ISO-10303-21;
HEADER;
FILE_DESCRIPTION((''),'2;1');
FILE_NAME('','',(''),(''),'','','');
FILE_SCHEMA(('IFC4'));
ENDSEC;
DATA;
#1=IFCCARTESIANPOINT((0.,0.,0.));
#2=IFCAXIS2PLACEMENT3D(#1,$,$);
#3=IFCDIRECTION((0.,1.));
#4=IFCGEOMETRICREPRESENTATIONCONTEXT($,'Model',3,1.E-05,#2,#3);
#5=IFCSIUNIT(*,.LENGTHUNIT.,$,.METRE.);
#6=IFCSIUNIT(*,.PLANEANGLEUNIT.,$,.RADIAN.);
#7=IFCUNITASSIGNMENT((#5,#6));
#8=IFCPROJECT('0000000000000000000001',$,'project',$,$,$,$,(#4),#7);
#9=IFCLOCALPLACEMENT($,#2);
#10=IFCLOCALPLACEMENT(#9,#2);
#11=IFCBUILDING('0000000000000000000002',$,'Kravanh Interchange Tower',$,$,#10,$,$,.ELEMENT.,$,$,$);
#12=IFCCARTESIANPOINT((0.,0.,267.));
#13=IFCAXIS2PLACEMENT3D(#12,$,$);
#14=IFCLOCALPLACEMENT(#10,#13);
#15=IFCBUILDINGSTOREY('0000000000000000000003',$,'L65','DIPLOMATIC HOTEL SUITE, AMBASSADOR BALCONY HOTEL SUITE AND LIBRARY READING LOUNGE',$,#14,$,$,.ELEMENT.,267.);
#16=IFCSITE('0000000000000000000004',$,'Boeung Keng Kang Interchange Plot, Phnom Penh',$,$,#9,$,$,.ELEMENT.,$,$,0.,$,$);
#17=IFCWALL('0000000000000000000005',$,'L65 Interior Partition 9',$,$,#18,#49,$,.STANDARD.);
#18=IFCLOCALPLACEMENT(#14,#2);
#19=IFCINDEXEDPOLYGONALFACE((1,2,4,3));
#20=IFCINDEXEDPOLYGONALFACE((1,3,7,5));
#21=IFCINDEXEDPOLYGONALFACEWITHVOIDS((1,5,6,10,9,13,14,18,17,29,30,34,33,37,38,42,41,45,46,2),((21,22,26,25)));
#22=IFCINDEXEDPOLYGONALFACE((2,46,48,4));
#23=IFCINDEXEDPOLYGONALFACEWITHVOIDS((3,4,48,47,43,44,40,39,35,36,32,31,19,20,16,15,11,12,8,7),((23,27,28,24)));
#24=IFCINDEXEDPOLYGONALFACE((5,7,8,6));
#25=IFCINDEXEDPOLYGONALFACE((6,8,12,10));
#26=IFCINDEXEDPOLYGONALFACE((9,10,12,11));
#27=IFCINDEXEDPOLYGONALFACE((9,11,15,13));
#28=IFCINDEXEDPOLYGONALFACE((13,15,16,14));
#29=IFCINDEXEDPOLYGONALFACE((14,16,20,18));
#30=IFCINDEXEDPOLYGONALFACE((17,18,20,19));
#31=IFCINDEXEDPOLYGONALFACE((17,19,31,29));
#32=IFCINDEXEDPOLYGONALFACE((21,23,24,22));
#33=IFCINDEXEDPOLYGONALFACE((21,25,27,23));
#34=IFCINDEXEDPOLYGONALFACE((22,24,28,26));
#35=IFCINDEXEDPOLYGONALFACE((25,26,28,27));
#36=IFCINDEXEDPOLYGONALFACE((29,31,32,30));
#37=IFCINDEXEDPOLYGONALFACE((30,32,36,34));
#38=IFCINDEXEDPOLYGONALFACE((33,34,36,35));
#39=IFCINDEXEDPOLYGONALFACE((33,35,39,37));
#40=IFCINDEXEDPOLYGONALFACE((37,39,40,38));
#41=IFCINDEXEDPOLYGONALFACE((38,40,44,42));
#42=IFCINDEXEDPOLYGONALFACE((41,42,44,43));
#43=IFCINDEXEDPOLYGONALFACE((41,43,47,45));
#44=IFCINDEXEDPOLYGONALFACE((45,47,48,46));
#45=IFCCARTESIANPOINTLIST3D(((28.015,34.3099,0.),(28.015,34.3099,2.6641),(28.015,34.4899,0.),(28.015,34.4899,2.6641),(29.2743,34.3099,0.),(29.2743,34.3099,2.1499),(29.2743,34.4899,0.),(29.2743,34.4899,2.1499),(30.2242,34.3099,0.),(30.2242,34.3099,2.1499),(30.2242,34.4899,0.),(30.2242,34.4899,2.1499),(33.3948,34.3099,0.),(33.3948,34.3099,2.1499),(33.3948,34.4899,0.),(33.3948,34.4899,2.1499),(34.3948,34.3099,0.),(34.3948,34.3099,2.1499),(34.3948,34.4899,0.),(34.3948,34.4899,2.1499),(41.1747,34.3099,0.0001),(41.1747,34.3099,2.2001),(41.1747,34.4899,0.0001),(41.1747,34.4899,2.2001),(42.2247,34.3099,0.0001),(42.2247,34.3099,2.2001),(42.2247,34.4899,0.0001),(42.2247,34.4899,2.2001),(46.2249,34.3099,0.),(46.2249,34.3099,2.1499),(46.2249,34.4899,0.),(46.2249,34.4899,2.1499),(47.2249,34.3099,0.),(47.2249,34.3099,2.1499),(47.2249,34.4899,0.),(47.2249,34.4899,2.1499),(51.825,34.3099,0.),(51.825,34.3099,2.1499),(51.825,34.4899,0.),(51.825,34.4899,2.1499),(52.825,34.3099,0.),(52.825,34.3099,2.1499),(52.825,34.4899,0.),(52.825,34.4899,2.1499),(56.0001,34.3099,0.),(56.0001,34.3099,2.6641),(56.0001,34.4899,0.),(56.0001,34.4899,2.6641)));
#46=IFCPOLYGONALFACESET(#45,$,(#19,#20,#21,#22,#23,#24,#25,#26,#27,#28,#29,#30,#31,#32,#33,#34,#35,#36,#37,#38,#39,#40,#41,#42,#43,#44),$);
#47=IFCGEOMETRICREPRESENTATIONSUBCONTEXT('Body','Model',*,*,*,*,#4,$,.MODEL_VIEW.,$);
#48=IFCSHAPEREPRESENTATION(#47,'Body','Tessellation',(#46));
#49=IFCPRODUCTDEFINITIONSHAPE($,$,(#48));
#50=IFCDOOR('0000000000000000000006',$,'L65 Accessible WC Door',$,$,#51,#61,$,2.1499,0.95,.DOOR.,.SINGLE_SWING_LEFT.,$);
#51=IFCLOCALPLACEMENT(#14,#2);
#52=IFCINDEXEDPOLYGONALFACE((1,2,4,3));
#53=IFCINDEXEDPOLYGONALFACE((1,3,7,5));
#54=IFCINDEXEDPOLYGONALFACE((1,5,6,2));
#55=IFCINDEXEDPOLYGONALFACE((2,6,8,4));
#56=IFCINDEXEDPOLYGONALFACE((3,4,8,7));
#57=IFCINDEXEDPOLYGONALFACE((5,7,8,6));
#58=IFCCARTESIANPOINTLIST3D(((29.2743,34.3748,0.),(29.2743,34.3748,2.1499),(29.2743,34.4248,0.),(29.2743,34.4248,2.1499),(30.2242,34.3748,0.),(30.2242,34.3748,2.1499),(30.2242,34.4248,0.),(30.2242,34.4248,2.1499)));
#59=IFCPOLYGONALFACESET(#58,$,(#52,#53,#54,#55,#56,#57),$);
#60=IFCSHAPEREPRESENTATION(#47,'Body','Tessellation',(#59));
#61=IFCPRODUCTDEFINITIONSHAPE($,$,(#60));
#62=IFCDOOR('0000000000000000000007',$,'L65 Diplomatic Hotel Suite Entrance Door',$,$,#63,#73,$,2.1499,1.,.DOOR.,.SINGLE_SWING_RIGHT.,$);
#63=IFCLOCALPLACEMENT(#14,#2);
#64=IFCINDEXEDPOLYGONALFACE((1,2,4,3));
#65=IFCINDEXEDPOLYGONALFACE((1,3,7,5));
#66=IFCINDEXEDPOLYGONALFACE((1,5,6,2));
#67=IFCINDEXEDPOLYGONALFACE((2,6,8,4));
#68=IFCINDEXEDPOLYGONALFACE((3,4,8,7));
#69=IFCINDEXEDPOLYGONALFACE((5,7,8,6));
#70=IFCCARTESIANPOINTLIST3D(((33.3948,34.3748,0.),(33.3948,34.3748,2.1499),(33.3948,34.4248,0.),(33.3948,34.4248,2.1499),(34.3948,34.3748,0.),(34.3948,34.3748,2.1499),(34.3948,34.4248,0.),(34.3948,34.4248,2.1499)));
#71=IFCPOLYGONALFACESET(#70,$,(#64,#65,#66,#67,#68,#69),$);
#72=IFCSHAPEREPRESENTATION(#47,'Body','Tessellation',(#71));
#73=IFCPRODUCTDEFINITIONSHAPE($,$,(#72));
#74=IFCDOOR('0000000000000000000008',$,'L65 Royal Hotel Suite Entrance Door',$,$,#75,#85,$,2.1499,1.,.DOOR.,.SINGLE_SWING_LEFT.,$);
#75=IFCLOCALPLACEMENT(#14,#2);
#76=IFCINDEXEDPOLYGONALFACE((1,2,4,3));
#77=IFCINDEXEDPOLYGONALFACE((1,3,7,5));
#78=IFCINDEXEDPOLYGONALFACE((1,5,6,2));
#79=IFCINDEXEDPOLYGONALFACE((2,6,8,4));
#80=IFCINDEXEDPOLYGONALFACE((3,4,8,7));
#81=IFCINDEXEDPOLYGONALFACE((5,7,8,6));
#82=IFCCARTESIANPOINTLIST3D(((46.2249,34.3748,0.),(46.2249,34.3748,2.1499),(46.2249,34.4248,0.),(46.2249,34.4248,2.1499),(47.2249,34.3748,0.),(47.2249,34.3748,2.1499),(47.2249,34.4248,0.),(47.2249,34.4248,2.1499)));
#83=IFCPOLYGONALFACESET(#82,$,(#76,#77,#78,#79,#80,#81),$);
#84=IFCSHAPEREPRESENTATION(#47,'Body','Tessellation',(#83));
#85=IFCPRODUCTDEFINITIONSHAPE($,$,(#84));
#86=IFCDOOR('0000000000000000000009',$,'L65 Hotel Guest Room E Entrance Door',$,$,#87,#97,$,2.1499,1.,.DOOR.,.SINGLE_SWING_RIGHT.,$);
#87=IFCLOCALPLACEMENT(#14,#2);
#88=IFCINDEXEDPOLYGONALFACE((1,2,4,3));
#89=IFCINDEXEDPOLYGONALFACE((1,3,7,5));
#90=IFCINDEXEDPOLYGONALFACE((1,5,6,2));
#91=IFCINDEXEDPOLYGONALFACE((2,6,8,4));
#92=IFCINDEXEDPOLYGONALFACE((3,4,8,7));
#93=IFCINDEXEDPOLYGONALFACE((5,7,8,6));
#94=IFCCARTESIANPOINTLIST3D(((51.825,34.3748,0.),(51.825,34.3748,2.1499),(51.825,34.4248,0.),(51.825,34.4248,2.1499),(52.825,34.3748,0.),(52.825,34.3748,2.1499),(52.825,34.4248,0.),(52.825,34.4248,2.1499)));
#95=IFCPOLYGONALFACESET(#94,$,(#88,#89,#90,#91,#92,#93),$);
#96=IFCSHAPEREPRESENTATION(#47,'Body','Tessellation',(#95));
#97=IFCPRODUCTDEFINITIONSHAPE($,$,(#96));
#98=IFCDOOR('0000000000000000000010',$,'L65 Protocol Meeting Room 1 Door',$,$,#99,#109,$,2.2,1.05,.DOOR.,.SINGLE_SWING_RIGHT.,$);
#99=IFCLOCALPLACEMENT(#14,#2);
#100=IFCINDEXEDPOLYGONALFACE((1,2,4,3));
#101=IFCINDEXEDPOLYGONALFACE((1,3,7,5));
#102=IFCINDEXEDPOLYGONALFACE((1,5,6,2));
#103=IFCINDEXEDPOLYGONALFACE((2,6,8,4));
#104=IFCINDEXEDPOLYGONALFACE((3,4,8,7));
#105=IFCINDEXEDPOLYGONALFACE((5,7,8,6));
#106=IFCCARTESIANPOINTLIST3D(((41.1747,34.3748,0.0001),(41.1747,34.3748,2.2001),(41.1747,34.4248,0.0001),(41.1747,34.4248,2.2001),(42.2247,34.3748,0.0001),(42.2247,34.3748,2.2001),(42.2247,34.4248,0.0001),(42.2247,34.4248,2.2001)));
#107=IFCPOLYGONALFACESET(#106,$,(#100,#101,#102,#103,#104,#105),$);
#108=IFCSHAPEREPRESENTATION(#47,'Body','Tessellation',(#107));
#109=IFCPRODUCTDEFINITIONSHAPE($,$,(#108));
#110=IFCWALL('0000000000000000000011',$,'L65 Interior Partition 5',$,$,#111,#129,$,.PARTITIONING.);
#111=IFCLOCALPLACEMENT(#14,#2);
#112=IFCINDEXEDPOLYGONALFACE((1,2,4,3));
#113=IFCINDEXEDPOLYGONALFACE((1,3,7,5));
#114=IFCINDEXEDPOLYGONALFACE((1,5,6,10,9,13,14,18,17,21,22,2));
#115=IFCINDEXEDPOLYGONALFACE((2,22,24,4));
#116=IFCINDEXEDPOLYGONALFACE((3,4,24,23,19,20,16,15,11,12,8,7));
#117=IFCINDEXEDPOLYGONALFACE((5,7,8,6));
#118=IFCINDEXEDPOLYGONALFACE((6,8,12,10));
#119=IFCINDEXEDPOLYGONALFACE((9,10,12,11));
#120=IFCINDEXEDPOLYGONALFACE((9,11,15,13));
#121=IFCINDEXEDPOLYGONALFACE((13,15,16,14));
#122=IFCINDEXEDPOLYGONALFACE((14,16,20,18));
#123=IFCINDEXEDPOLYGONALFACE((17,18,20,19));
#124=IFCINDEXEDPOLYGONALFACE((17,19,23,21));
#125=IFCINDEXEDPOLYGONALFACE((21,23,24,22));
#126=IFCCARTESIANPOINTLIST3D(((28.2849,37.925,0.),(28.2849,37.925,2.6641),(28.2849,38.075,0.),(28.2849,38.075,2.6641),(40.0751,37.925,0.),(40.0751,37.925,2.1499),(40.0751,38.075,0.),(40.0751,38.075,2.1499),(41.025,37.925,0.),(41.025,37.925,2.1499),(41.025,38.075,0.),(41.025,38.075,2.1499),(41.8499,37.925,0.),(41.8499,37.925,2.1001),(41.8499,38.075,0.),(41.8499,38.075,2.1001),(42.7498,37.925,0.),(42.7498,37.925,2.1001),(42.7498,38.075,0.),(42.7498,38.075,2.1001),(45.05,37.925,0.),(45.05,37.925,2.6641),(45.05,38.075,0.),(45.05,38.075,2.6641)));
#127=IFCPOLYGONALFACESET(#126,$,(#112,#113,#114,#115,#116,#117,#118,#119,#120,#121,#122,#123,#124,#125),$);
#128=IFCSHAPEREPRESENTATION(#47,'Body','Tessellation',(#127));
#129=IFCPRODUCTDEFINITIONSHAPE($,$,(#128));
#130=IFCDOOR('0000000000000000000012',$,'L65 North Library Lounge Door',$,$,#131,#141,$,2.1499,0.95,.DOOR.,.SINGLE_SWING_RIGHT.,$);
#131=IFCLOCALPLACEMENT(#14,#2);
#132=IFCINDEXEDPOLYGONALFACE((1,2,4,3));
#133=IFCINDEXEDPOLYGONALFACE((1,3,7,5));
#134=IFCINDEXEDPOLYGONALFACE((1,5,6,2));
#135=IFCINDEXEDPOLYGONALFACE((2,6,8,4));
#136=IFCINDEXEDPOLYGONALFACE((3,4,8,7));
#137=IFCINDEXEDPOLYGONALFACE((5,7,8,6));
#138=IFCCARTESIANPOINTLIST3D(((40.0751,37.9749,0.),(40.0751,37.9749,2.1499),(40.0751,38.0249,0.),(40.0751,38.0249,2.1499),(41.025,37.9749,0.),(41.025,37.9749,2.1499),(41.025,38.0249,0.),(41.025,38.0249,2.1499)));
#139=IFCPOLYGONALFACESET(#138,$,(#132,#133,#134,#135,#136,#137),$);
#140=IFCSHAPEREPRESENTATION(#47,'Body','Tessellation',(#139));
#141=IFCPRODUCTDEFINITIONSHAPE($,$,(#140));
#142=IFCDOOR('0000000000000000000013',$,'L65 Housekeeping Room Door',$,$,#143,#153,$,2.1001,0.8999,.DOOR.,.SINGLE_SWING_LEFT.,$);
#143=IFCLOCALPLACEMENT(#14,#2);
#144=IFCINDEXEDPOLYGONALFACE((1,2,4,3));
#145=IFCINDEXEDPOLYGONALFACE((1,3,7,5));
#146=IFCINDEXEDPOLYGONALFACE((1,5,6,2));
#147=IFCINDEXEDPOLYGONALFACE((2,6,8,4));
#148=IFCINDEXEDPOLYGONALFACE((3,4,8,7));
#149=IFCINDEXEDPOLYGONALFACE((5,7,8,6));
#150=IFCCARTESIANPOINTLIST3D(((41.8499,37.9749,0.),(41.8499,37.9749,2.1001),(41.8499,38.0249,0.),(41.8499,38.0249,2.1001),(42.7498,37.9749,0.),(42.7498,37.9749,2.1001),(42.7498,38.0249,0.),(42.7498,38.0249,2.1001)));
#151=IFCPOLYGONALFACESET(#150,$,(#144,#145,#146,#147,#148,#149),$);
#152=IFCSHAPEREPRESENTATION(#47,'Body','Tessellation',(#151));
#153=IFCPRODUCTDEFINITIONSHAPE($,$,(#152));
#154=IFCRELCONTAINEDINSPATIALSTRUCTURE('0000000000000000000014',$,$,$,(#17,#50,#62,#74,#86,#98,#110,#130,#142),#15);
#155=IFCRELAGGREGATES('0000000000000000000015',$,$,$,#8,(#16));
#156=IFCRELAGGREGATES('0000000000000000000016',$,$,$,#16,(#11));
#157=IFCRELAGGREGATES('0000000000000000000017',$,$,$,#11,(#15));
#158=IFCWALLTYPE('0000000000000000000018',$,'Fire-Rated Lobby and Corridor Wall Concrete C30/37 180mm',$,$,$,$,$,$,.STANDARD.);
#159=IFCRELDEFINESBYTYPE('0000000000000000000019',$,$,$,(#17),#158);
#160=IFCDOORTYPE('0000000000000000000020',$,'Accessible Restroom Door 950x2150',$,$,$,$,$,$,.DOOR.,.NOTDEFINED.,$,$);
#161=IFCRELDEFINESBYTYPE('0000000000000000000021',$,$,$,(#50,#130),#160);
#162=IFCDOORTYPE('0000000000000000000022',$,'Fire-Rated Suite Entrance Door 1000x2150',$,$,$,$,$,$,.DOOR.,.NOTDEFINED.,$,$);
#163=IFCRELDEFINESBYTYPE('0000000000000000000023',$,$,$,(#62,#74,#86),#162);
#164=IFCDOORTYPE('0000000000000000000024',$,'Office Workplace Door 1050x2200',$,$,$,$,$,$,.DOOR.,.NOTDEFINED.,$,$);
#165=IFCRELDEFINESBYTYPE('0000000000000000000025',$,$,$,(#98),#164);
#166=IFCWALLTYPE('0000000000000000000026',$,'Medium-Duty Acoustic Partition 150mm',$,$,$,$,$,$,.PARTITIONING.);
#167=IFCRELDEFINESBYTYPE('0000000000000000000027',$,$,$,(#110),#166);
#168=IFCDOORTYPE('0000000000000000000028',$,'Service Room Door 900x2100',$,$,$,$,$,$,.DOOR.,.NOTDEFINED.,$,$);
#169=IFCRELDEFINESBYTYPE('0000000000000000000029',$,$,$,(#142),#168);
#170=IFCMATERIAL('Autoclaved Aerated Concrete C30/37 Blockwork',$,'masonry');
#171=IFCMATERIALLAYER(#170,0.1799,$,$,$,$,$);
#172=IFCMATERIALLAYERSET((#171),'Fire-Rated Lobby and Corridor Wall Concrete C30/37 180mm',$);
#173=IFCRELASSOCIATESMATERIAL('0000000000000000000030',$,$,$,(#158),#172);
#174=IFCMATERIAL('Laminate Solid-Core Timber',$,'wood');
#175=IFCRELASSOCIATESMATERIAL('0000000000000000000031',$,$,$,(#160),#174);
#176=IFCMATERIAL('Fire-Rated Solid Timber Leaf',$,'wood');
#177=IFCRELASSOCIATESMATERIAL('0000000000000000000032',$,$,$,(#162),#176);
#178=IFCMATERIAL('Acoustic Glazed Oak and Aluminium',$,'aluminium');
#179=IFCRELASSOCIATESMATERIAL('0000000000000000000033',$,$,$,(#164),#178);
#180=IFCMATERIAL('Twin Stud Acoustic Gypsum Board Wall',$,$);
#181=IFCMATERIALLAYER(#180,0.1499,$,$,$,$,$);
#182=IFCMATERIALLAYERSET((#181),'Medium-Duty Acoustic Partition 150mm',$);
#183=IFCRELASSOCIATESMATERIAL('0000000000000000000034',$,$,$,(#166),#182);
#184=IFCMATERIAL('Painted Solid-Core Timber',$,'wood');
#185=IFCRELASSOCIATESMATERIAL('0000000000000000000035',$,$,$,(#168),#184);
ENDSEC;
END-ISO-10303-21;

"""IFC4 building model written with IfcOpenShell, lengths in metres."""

from ifc_helpers import new_model, si_unit, direction, frame, frame_2d, origin, place, context, subcontext, project, spatial, rectangle, extrude, material, layer, layer_set, type_object, element, fill, save


model = new_model("IFC4")

# Units and contexts
model_context = context("Model", 3, precision=1e-05, world=origin(), true_north=direction((0.0, 1.0)))
body_context = subcontext(model_context, "Body", "Model", "MODEL_VIEW")
ifc_project = project(units=[si_unit("LENGTHUNIT", "METRE"), si_unit("PLANEANGLEUNIT", "RADIAN")], contexts=[model_context])

# Site, building, storey
site_placement = place(None, origin())
site = spatial("IfcSite", under=ifc_project, at=site_placement, Name="Boeung Keng Kang Interchange Plot, Phnom Penh", CompositionType="ELEMENT", RefElevation=0.0)
building_placement = place(site_placement, origin())
building = spatial("IfcBuilding", under=site, at=building_placement, Name="Kravanh Interchange Tower", CompositionType="ELEMENT")
storey_placement = place(building_placement, frame((0.0, 0.0, 267.0)))
storey = spatial("IfcBuildingStorey", under=building, at=storey_placement, Name="L65", Description="DIPLOMATIC HOTEL SUITE, AMBASSADOR BALCONY HOTEL SUITE AND LIBRARY READING LOUNGE", CompositionType="ELEMENT", Elevation=267.0)

# Walls, openings, doors
ifc_material_1 = material(Name="Autoclaved Aerated Concrete C30/37 Blockwork", Category="masonry")
ifc_layer_1 = layer(ifc_material_1, 0.1799)
ifc_layer_set_1 = layer_set([ifc_layer_1], Name="Fire-Rated Lobby and Corridor Wall Concrete C30/37 180mm")
wall_type_1 = type_object("IfcWallType", Name="Fire-Rated Lobby and Corridor Wall Concrete C30/37 180mm", PredefinedType="STANDARD", material=ifc_layer_set_1)
wall_1_placement = place(storey_placement, frame((28.0149, 34.3999, 0.0), z_axis=(0.0, 0.0, 1.0), x_axis=(1.0, 0.0, 0.0)))
wall_1 = element("IfcWall", 1, at=wall_1_placement, inside=storey, type_object=wall_type_1, Name="L65 Interior Partition 9", PredefinedType="STANDARD", context=body_context, shape_type="SweptSolid", body=[
    extrude(rectangle(XDim=27.9851, YDim=0.1799, at=frame_2d((13.9927, 0.0))), origin(), (0.0, 0.0, 1.0), 2.6641),
])
opening_1_placement = place(wall_1_placement, frame((1.2593, 0.0, 0.0)))
opening_1 = element("IfcOpeningElement", 2, at=opening_1_placement, cuts=wall_1, PredefinedType="OPENING", context=body_context, shape_type="SweptSolid", body=[
    extrude(rectangle(XDim=0.95, YDim=2.1499, at=frame_2d((0.4751, 1.075))), frame((0.0, 0.1001, 0.0), z_axis=(0.0, -1.0, 0.0), x_axis=(1.0, 0.0, 0.0)), (0.0, 0.0, 1.0), 0.2),
])
opening_2_placement = place(wall_1_placement, frame((5.3799, 0.0, 0.0)))
opening_2 = element("IfcOpeningElement", 3, at=opening_2_placement, cuts=wall_1, PredefinedType="OPENING", context=body_context, shape_type="SweptSolid", body=[
    extrude(rectangle(XDim=1.0, YDim=2.1499, at=frame_2d((0.5, 1.075))), frame((0.0, 0.1001, 0.0), z_axis=(0.0, -1.0, 0.0), x_axis=(1.0, 0.0, 0.0)), (0.0, 0.0, 1.0), 0.2),
])
opening_3_placement = place(wall_1_placement, frame((13.1599, 0.0, 0.0)))
opening_3 = element("IfcOpeningElement", 4, at=opening_3_placement, cuts=wall_1, PredefinedType="OPENING", context=body_context, shape_type="SweptSolid", body=[
    extrude(rectangle(XDim=1.05, YDim=2.2, at=frame_2d((0.5249, 1.1001))), frame((0.0, 0.1001, 0.0), z_axis=(0.0, -1.0, 0.0), x_axis=(1.0, 0.0, 0.0)), (0.0, 0.0, 1.0), 0.2),
])
opening_4_placement = place(wall_1_placement, frame((18.21, 0.0, 0.0)))
opening_4 = element("IfcOpeningElement", 5, at=opening_4_placement, cuts=wall_1, PredefinedType="OPENING", context=body_context, shape_type="SweptSolid", body=[
    extrude(rectangle(XDim=1.0, YDim=2.1499, at=frame_2d((0.5, 1.075))), frame((0.0, 0.1001, 0.0), z_axis=(0.0, -1.0, 0.0), x_axis=(1.0, 0.0, 0.0)), (0.0, 0.0, 1.0), 0.2),
])
opening_5_placement = place(wall_1_placement, frame((23.8101, 0.0, 0.0)))
opening_5 = element("IfcOpeningElement", 6, at=opening_5_placement, cuts=wall_1, PredefinedType="OPENING", context=body_context, shape_type="SweptSolid", body=[
    extrude(rectangle(XDim=1.0, YDim=2.1499, at=frame_2d((0.5, 1.075))), frame((0.0, 0.1001, 0.0), z_axis=(0.0, -1.0, 0.0), x_axis=(1.0, 0.0, 0.0)), (0.0, 0.0, 1.0), 0.2),
])
ifc_material_2 = material(Name="Laminate Solid-Core Timber", Category="wood")
door_type_1 = type_object("IfcDoorType", Name="Accessible Restroom Door 950x2150", OperationType="NOTDEFINED", PredefinedType="DOOR", material=ifc_material_2)
door_1_placement = place(opening_1_placement, origin())
door_1 = element("IfcDoor", 7, at=door_1_placement, inside=storey, type_object=door_type_1, Name="L65 Accessible WC Door", OperationType="SINGLE_SWING_LEFT", OverallHeight=2.1499, OverallWidth=0.95, PredefinedType="DOOR", context=body_context, shape_type="SweptSolid", body=[
    extrude(rectangle(XDim=0.95, YDim=2.1499, at=frame_2d((0.4751, 1.075))), frame((0.0, 0.0249, 0.0), z_axis=(0.0, -1.0, 0.0), x_axis=(1.0, 0.0, 0.0)), (0.0, 0.0, 1.0), 0.05),
])
fill(opening_1, door_1)
ifc_material_3 = material(Name="Fire-Rated Solid Timber Leaf", Category="wood")
door_type_2 = type_object("IfcDoorType", Name="Fire-Rated Suite Entrance Door 1000x2150", OperationType="NOTDEFINED", PredefinedType="DOOR", material=ifc_material_3)
door_2_placement = place(opening_2_placement, origin())
door_2 = element("IfcDoor", 8, at=door_2_placement, inside=storey, type_object=door_type_2, Name="L65 Diplomatic Hotel Suite Entrance Door", OperationType="SINGLE_SWING_RIGHT", OverallHeight=2.1499, OverallWidth=1.0, PredefinedType="DOOR", context=body_context, shape_type="SweptSolid", body=[
    extrude(rectangle(XDim=1.0, YDim=2.1499, at=frame_2d((0.5, 1.075))), frame((0.0, 0.0249, 0.0), z_axis=(0.0, -1.0, 0.0), x_axis=(1.0, 0.0, 0.0)), (0.0, 0.0, 1.0), 0.05),
])
fill(opening_2, door_2)
door_3_placement = place(opening_4_placement, origin())
door_3 = element("IfcDoor", 9, at=door_3_placement, inside=storey, type_object=door_type_2, Name="L65 Royal Hotel Suite Entrance Door", OperationType="SINGLE_SWING_LEFT", OverallHeight=2.1499, OverallWidth=1.0, PredefinedType="DOOR", context=body_context, shape_type="SweptSolid", body=[
    extrude(rectangle(XDim=1.0, YDim=2.1499, at=frame_2d((0.5, 1.075))), frame((0.0, 0.0249, 0.0), z_axis=(0.0, -1.0, 0.0), x_axis=(1.0, 0.0, 0.0)), (0.0, 0.0, 1.0), 0.05),
])
fill(opening_4, door_3)
door_4_placement = place(opening_5_placement, origin())
door_4 = element("IfcDoor", 10, at=door_4_placement, inside=storey, type_object=door_type_2, Name="L65 Hotel Guest Room E Entrance Door", OperationType="SINGLE_SWING_RIGHT", OverallHeight=2.1499, OverallWidth=1.0, PredefinedType="DOOR", context=body_context, shape_type="SweptSolid", body=[
    extrude(rectangle(XDim=1.0, YDim=2.1499, at=frame_2d((0.5, 1.075))), frame((0.0, 0.0249, 0.0), z_axis=(0.0, -1.0, 0.0), x_axis=(1.0, 0.0, 0.0)), (0.0, 0.0, 1.0), 0.05),
])
fill(opening_5, door_4)
ifc_material_4 = material(Name="Acoustic Glazed Oak and Aluminium", Category="aluminium")
door_type_3 = type_object("IfcDoorType", Name="Office Workplace Door 1050x2200", OperationType="NOTDEFINED", PredefinedType="DOOR", material=ifc_material_4)
door_5_placement = place(opening_3_placement, origin())
door_5 = element("IfcDoor", 11, at=door_5_placement, inside=storey, type_object=door_type_3, Name="L65 Protocol Meeting Room 1 Door", OperationType="SINGLE_SWING_RIGHT", OverallHeight=2.2, OverallWidth=1.05, PredefinedType="DOOR", context=body_context, shape_type="SweptSolid", body=[
    extrude(rectangle(XDim=1.05, YDim=2.2, at=frame_2d((0.5249, 1.1001))), frame((0.0, 0.0249, 0.0), z_axis=(0.0, -1.0, 0.0), x_axis=(1.0, 0.0, 0.0)), (0.0, 0.0, 1.0), 0.05),
])
fill(opening_3, door_5)
ifc_material_5 = material(Name="Twin Stud Acoustic Gypsum Board Wall")
ifc_layer_2 = layer(ifc_material_5, 0.1499)
ifc_layer_set_2 = layer_set([ifc_layer_2], Name="Medium-Duty Acoustic Partition 150mm")
wall_type_2 = type_object("IfcWallType", Name="Medium-Duty Acoustic Partition 150mm", PredefinedType="PARTITIONING", material=ifc_layer_set_2)
wall_2_placement = place(storey_placement, frame((28.2849, 38.0, 0.0), z_axis=(0.0, 0.0, 1.0), x_axis=(1.0, 0.0, 0.0)))
wall_2 = element("IfcWall", 12, at=wall_2_placement, inside=storey, type_object=wall_type_2, Name="L65 Interior Partition 5", PredefinedType="PARTITIONING", context=body_context, shape_type="SweptSolid", body=[
    extrude(rectangle(XDim=16.7651, YDim=0.1499, at=frame_2d((8.3826, 0.0))), origin(), (0.0, 0.0, 1.0), 2.6641),
])
opening_6_placement = place(wall_2_placement, frame((11.79, 0.0, 0.0)))
opening_6 = element("IfcOpeningElement", 13, at=opening_6_placement, cuts=wall_2, PredefinedType="OPENING", context=body_context, shape_type="SweptSolid", body=[
    extrude(rectangle(XDim=0.95, YDim=2.1499, at=frame_2d((0.4751, 1.075))), frame((0.0, 0.085, 0.0), z_axis=(0.0, -1.0, 0.0), x_axis=(1.0, 0.0, 0.0)), (0.0, 0.0, 1.0), 0.1699),
])
opening_7_placement = place(wall_2_placement, frame((13.5649, 0.0, 0.0)))
opening_7 = element("IfcOpeningElement", 14, at=opening_7_placement, cuts=wall_2, PredefinedType="OPENING", context=body_context, shape_type="SweptSolid", body=[
    extrude(rectangle(XDim=0.8999, YDim=2.1001, at=frame_2d((0.45, 1.05))), frame((0.0, 0.085, 0.0), z_axis=(0.0, -1.0, 0.0), x_axis=(1.0, 0.0, 0.0)), (0.0, 0.0, 1.0), 0.1699),
])
door_6_placement = place(opening_6_placement, origin())
door_6 = element("IfcDoor", 15, at=door_6_placement, inside=storey, type_object=door_type_1, Name="L65 North Library Lounge Door", OperationType="SINGLE_SWING_RIGHT", OverallHeight=2.1499, OverallWidth=0.95, PredefinedType="DOOR", context=body_context, shape_type="SweptSolid", body=[
    extrude(rectangle(XDim=0.95, YDim=2.1499, at=frame_2d((0.4751, 1.075))), frame((0.0, 0.0249, 0.0), z_axis=(0.0, -1.0, 0.0), x_axis=(1.0, 0.0, 0.0)), (0.0, 0.0, 1.0), 0.05),
])
fill(opening_6, door_6)
ifc_material_6 = material(Name="Painted Solid-Core Timber", Category="wood")
door_type_4 = type_object("IfcDoorType", Name="Service Room Door 900x2100", OperationType="NOTDEFINED", PredefinedType="DOOR", material=ifc_material_6)
door_7_placement = place(opening_7_placement, origin())
door_7 = element("IfcDoor", 16, at=door_7_placement, inside=storey, type_object=door_type_4, Name="L65 Housekeeping Room Door", OperationType="SINGLE_SWING_LEFT", OverallHeight=2.1001, OverallWidth=0.8999, PredefinedType="DOOR", context=body_context, shape_type="SweptSolid", body=[
    extrude(rectangle(XDim=0.8999, YDim=2.1001, at=frame_2d((0.45, 1.05))), frame((0.0, 0.0249, 0.0), z_axis=(0.0, -1.0, 0.0), x_axis=(1.0, 0.0, 0.0)), (0.0, 0.0, 1.0), 0.05),
])
fill(opening_7, door_7)

save(model, "model.ifc")
